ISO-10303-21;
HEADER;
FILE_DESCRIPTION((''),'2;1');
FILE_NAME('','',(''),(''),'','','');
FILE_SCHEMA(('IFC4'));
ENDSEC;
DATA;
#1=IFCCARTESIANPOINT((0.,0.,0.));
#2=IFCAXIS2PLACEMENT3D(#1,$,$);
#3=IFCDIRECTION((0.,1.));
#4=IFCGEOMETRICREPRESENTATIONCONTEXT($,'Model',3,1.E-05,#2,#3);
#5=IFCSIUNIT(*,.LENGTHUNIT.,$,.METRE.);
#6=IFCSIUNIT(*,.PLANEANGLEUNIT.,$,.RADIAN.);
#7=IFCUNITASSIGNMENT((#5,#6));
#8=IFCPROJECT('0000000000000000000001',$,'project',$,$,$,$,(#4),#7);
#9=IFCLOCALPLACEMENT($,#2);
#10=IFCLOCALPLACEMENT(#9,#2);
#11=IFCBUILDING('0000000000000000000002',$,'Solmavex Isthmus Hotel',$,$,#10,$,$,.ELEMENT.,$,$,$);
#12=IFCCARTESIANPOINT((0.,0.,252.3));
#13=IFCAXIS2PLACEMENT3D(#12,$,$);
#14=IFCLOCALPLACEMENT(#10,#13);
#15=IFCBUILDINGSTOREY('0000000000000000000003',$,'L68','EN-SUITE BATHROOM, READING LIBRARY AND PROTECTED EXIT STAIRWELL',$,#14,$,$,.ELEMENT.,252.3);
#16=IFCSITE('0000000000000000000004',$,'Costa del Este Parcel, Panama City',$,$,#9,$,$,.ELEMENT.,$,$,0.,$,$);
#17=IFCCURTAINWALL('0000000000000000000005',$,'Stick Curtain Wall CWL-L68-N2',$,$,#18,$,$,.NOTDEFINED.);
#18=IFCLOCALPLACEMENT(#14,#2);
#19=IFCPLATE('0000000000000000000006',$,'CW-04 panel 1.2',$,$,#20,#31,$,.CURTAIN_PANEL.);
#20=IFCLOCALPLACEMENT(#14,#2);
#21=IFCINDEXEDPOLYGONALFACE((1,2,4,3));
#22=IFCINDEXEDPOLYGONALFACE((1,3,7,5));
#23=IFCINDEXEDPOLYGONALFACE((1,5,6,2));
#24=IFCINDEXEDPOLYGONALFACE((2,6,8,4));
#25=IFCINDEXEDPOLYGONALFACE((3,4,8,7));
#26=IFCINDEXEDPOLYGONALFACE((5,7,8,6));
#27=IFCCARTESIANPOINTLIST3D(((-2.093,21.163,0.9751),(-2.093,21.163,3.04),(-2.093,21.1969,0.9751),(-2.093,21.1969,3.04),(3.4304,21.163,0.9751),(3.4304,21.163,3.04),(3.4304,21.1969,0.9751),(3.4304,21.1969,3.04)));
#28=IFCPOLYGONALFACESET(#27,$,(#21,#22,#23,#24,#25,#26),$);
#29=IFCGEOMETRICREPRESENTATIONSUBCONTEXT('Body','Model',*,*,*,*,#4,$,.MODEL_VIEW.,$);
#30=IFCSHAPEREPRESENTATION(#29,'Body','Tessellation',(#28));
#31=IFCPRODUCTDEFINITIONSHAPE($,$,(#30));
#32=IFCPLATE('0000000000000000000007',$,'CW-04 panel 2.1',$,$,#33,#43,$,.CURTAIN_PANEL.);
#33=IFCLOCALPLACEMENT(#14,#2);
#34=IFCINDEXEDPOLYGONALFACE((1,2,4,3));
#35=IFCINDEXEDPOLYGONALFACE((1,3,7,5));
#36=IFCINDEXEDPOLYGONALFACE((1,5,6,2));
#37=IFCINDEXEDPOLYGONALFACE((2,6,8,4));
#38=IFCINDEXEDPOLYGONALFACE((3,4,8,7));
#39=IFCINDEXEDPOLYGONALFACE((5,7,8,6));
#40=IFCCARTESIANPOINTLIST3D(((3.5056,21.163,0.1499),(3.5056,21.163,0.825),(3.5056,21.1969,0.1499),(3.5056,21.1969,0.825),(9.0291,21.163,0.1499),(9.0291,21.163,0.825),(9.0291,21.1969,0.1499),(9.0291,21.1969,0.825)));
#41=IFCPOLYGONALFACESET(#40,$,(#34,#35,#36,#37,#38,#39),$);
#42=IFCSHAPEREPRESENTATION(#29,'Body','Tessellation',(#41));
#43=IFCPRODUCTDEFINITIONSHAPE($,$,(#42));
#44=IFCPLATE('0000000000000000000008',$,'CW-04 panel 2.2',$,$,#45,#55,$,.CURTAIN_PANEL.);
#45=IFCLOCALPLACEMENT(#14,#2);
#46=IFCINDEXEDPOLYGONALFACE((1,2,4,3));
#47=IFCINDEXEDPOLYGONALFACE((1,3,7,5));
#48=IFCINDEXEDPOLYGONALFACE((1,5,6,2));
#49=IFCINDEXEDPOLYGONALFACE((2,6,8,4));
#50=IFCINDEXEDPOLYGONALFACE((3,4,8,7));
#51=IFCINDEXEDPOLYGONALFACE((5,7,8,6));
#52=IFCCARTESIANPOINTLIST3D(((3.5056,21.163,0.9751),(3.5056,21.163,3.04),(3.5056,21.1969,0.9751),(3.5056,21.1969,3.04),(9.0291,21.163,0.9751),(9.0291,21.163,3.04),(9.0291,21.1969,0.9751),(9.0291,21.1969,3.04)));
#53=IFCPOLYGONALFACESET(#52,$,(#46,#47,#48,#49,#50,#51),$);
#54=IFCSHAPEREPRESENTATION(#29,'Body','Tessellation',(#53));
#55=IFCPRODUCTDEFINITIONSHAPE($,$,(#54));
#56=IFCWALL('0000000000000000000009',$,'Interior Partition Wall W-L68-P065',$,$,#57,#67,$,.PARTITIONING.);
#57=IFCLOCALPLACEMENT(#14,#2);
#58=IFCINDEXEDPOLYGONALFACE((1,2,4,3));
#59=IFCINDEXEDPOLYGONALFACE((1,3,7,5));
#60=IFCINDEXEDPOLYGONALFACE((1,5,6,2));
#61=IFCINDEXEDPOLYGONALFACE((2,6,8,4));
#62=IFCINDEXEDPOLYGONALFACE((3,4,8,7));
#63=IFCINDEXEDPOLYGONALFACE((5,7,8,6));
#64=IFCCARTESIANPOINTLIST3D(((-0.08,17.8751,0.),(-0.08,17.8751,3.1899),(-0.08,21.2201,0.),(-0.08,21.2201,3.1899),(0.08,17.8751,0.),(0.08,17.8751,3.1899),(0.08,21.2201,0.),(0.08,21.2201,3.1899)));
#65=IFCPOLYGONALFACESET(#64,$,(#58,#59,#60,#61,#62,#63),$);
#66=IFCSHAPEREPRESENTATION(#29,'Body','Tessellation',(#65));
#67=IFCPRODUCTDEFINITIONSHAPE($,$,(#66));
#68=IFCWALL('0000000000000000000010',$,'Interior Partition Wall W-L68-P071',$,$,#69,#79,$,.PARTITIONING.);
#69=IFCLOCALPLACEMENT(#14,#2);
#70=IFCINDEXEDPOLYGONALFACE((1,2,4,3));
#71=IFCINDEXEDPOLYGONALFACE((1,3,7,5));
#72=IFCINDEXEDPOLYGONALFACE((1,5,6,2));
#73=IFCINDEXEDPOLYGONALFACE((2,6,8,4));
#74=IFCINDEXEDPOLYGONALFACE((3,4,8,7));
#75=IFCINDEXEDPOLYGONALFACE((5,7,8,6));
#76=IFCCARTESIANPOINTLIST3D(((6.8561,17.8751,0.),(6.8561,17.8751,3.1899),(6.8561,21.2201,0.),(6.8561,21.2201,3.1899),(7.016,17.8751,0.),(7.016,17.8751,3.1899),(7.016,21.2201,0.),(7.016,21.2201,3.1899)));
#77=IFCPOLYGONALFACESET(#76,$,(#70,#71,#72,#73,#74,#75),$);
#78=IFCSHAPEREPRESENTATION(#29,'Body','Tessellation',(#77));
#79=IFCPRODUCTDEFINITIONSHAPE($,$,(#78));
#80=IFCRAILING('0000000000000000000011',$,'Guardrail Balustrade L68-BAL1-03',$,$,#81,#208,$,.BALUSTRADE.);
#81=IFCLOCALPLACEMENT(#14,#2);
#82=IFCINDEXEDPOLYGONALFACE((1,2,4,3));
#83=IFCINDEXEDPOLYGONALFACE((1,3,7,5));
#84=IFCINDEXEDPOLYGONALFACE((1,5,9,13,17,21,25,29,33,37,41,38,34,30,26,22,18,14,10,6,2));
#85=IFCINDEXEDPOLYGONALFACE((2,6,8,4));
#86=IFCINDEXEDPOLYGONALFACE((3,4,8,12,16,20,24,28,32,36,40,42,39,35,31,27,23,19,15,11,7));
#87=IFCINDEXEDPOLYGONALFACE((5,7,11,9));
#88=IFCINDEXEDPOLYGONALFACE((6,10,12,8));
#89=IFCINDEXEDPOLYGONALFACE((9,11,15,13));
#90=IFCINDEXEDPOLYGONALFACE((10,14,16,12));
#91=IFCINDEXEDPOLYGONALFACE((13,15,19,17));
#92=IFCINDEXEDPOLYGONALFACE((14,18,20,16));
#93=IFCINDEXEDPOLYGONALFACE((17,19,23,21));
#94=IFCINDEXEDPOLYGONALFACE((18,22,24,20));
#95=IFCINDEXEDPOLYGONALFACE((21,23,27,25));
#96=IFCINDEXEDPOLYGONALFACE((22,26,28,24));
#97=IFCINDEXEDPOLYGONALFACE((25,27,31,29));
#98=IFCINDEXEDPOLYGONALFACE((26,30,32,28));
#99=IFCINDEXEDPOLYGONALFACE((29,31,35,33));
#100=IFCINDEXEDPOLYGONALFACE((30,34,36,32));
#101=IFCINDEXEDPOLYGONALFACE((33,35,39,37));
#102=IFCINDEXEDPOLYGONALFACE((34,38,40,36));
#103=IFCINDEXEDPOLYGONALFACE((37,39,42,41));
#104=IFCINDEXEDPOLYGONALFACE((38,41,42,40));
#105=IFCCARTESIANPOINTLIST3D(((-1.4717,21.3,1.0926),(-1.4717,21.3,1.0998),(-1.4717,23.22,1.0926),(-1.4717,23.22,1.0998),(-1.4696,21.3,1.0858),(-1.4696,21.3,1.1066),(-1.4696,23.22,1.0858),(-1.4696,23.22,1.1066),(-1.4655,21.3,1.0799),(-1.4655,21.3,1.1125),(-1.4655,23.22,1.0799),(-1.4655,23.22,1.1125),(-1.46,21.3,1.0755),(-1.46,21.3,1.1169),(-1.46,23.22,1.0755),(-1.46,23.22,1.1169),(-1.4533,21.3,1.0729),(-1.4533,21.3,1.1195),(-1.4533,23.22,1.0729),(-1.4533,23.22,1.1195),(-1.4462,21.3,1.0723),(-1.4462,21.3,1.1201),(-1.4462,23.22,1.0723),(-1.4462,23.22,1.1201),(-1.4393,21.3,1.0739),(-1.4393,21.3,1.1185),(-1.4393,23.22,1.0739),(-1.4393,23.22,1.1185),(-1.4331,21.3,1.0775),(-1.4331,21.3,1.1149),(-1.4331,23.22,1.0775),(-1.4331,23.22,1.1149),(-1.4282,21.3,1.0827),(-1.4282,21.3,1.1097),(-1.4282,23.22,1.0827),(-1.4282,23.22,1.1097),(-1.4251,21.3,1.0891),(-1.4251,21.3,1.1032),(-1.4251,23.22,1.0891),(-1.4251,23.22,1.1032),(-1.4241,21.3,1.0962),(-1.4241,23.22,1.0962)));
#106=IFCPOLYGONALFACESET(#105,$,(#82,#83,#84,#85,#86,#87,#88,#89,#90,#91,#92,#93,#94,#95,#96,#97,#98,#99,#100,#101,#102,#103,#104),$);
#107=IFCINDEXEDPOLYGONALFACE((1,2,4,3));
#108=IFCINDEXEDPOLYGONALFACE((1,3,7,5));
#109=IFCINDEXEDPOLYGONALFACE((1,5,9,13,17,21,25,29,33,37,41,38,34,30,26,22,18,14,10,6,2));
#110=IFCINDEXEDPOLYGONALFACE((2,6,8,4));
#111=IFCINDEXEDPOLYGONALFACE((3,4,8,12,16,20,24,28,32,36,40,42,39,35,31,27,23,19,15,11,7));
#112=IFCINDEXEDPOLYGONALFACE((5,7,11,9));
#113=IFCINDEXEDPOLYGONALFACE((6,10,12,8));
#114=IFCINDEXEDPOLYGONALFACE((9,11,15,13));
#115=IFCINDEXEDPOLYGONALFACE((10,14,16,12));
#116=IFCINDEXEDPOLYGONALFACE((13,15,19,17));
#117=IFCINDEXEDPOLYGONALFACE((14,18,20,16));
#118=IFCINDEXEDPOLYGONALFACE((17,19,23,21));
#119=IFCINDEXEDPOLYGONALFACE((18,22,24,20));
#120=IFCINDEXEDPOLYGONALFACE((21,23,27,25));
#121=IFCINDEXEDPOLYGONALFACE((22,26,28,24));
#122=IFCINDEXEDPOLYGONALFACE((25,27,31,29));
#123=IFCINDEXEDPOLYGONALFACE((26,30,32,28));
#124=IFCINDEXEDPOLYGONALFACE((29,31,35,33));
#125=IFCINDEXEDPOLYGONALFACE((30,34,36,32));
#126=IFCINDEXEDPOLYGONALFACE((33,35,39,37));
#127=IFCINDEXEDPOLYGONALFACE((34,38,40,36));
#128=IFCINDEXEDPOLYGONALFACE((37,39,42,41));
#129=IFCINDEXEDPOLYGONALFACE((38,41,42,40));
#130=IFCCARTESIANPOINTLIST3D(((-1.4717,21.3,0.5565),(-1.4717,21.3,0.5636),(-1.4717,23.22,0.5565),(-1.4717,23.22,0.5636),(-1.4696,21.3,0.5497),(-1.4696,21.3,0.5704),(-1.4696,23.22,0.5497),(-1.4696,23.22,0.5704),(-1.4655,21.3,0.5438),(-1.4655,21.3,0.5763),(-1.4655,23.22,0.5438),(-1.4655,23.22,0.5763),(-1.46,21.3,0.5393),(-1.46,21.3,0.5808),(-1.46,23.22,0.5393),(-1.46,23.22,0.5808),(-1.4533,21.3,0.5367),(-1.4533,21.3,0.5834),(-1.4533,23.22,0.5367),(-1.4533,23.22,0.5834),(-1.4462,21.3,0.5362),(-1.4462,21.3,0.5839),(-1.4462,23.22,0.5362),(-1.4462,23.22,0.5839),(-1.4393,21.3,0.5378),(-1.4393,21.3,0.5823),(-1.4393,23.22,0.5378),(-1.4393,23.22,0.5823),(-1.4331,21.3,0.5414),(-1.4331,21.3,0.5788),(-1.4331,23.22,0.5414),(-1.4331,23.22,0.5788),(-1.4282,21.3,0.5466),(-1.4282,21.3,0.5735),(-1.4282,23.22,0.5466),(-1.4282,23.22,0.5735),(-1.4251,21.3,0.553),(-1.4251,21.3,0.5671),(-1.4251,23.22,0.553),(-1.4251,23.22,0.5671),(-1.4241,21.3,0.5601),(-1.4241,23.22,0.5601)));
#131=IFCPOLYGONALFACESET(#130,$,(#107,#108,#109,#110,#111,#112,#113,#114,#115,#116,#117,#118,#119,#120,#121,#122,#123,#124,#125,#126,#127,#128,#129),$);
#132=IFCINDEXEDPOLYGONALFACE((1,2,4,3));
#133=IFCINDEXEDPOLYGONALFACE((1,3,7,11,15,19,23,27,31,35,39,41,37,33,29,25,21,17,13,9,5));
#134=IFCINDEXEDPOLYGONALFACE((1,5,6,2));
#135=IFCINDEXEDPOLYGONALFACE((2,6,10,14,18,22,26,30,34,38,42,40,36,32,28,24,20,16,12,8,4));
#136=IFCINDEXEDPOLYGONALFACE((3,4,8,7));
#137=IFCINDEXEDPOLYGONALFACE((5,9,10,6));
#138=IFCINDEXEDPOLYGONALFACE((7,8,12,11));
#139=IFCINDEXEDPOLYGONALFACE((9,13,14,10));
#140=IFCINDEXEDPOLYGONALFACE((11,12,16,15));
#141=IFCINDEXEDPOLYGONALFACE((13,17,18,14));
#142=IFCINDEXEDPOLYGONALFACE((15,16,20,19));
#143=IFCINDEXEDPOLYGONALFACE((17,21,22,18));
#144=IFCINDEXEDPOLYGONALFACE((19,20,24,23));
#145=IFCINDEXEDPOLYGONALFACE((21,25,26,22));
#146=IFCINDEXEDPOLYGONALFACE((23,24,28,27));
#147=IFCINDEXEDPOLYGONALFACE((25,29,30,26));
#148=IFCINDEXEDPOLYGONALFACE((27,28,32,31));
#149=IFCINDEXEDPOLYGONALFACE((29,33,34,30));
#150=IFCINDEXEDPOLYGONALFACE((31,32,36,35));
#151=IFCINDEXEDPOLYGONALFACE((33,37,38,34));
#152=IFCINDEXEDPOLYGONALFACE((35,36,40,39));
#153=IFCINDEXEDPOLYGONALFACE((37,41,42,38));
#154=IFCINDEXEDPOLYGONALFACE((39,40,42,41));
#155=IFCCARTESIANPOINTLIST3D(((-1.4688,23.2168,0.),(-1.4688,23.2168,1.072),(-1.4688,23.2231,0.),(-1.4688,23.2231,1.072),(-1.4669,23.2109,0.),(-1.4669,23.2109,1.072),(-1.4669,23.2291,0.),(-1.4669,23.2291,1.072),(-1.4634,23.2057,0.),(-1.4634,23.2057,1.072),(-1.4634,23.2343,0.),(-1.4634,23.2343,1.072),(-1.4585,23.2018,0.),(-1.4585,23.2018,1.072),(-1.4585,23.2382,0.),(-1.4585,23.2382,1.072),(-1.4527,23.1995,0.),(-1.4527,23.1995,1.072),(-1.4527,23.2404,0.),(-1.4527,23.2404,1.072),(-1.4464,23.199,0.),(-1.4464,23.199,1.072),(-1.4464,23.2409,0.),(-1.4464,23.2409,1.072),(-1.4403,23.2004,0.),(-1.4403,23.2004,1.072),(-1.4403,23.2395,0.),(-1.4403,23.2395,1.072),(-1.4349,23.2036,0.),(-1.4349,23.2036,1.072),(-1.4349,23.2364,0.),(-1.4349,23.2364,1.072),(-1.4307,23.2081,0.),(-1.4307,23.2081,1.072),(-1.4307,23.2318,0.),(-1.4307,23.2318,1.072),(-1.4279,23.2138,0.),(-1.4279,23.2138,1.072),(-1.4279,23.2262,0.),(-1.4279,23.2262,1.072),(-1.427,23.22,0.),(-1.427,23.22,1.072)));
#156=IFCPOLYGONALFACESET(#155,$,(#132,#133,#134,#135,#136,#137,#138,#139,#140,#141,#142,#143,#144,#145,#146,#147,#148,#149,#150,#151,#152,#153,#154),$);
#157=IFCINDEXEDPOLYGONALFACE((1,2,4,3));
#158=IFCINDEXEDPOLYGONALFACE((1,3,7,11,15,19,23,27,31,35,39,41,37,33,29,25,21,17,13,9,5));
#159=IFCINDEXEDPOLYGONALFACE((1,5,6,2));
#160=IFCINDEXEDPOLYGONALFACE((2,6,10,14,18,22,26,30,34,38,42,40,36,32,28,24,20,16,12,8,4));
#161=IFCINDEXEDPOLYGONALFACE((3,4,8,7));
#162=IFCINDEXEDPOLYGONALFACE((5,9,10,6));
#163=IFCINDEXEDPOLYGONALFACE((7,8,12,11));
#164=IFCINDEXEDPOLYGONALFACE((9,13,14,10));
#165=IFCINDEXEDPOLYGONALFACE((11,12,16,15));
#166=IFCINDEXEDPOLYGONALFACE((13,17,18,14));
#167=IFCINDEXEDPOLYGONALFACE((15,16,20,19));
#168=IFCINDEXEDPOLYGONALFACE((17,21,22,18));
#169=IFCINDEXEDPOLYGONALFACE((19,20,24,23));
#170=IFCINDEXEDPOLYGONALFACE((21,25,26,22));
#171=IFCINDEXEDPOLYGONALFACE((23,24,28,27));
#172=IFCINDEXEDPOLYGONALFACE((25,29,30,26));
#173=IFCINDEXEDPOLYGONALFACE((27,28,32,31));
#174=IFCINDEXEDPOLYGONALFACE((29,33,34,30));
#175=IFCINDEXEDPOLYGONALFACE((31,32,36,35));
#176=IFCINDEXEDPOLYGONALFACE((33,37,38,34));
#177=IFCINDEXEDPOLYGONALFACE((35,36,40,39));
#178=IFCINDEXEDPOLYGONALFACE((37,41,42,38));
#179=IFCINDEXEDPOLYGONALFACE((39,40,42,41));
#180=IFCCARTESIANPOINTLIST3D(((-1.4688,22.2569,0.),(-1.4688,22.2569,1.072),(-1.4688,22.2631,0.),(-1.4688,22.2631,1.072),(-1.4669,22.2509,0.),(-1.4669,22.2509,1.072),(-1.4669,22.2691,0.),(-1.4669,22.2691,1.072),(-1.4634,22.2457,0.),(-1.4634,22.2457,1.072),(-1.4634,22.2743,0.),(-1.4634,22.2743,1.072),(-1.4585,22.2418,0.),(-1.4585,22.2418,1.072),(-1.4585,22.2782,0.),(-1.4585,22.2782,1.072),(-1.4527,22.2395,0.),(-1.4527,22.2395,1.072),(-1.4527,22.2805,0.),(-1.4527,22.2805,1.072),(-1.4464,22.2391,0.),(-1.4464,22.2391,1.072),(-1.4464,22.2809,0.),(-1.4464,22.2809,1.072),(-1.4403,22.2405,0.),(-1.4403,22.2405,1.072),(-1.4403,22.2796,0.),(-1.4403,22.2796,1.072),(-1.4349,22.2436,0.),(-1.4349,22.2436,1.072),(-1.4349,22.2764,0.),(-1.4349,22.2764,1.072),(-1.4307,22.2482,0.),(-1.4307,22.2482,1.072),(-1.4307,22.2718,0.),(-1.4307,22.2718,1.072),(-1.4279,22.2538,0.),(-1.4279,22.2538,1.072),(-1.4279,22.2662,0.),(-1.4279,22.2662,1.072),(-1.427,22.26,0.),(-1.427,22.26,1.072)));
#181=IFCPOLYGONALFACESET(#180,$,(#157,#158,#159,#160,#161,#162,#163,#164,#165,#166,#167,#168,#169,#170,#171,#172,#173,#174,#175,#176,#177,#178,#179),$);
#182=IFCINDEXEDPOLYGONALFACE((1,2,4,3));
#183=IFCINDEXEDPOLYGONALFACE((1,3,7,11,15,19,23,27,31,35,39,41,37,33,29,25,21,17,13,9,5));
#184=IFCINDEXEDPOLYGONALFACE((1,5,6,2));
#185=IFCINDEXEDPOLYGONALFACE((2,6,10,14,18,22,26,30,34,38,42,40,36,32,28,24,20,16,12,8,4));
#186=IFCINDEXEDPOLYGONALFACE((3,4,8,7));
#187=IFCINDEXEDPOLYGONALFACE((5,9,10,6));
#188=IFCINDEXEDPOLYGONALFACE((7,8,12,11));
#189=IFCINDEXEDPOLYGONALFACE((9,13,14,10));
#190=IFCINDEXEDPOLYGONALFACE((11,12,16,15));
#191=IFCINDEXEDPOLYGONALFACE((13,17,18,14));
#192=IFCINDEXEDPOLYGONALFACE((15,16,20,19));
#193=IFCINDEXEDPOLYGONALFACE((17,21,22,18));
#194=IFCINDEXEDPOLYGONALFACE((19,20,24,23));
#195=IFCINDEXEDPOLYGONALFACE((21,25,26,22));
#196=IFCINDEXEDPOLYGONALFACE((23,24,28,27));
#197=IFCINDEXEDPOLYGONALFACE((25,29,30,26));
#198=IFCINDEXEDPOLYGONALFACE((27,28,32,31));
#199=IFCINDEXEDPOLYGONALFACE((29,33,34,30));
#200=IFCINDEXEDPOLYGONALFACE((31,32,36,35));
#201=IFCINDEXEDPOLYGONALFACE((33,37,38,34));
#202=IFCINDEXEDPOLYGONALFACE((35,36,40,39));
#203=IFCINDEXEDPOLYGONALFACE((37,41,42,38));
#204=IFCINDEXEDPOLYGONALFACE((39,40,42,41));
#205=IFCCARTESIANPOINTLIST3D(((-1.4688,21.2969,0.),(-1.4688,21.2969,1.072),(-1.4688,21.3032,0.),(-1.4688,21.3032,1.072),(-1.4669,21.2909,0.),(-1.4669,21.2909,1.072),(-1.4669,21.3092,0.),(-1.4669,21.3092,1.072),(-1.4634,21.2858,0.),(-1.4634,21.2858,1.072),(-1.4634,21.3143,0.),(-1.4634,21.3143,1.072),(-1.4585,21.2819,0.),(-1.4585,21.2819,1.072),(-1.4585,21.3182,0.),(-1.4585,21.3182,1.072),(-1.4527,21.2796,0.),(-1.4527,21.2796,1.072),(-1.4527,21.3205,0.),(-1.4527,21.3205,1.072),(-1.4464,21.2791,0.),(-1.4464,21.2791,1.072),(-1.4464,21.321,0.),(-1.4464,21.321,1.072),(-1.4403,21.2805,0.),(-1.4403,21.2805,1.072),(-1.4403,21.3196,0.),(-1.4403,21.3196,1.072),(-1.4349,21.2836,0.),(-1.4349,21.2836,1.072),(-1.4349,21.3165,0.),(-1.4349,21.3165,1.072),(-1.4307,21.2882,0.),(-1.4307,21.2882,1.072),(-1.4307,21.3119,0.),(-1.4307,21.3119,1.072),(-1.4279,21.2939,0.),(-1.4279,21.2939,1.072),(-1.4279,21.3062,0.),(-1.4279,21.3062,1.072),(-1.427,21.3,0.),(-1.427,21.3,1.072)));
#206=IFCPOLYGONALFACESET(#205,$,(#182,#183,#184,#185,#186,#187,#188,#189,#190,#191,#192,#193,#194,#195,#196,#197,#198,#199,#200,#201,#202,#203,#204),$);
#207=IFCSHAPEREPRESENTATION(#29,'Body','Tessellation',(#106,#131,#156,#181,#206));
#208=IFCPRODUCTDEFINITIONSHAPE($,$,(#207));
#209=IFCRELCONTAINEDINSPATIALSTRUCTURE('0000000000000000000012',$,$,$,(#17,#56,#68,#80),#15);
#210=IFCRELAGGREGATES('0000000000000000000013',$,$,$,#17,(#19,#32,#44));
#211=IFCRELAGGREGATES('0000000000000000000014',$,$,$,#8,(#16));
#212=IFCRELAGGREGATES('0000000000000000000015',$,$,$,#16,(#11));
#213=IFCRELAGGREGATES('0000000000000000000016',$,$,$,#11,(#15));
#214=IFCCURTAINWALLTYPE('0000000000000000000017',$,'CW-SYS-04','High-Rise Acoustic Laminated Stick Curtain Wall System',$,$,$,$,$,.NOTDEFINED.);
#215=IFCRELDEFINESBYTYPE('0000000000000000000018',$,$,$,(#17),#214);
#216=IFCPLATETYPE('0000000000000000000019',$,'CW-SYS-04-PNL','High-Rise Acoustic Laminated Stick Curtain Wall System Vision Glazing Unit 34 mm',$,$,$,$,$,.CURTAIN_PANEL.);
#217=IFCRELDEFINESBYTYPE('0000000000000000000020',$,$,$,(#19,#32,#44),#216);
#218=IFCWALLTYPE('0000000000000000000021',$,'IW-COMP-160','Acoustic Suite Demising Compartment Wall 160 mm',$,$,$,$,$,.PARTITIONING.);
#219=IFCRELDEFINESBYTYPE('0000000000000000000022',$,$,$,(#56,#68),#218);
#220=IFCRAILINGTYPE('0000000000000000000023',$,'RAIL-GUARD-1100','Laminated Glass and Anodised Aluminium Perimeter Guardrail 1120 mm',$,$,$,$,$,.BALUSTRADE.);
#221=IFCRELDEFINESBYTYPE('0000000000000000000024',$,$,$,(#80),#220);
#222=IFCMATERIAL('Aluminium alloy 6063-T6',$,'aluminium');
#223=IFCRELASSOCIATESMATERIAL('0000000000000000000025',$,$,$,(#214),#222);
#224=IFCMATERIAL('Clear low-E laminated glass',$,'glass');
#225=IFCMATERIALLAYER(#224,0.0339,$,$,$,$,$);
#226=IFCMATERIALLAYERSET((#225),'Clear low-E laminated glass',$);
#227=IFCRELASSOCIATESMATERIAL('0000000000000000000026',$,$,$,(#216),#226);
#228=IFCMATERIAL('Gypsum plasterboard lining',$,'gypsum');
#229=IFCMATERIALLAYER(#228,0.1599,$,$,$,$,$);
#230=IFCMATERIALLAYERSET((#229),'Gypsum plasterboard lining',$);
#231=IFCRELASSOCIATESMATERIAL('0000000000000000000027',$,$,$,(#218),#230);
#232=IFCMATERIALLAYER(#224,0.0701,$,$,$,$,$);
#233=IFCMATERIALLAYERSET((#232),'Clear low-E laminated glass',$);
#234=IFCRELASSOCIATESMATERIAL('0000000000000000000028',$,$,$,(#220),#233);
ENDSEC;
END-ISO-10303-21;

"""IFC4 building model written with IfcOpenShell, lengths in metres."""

from ifc_helpers import new_model, si_unit, direction, frame, frame_2d, origin, origin_2d, place, context, subcontext, project, spatial, rectangle, circle, extrude, material, layer, layer_set, type_object, element, aggregate, save


model = new_model("IFC4")

# Units and contexts
model_context = context("Model", 3, precision=1e-05, world=origin(), true_north=direction((0.0, 1.0)))
body_context = subcontext(model_context, "Body", "Model", "MODEL_VIEW")
ifc_project = project(units=[si_unit("LENGTHUNIT", "METRE"), si_unit("PLANEANGLEUNIT", "RADIAN")], contexts=[model_context])

# Site, building, storey
site_placement = place(None, origin())
site = spatial("IfcSite", under=ifc_project, at=site_placement, Name="Costa del Este Parcel, Panama City", CompositionType="ELEMENT", RefElevation=0.0)
building_placement = place(site_placement, origin())
building = spatial("IfcBuilding", under=site, at=building_placement, Name="Solmavex Isthmus Hotel", CompositionType="ELEMENT")
storey_placement = place(building_placement, frame((0.0, 0.0, 252.3)))
storey = spatial("IfcBuildingStorey", under=building, at=storey_placement, Name="L68", Description="EN-SUITE BATHROOM, READING LIBRARY AND PROTECTED EXIT STAIRWELL", CompositionType="ELEMENT", Elevation=252.3)

# Curtain wall
ifc_material_1 = material(Name="Aluminium alloy 6063-T6", Category="aluminium")
curtain_wall_type = type_object("IfcCurtainWallType", Name="CW-SYS-04", Description="High-Rise Acoustic Laminated Stick Curtain Wall System", PredefinedType="NOTDEFINED", material=ifc_material_1)
curtain_wall_1_placement = place(storey_placement, origin())
curtain_wall_1 = element("IfcCurtainWall", 1, at=curtain_wall_1_placement, inside=storey, type_object=curtain_wall_type, Name="Stick Curtain Wall CWL-L68-N2", PredefinedType="NOTDEFINED")

# Plates
ifc_material_2 = material(Name="Clear low-E laminated glass", Category="glass")
ifc_layer_1 = layer(ifc_material_2, 0.0339)
ifc_layer_set_1 = layer_set([ifc_layer_1], Name="Clear low-E laminated glass")
plate_type = type_object("IfcPlateType", Name="CW-SYS-04-PNL", Description="High-Rise Acoustic Laminated Stick Curtain Wall System Vision Glazing Unit 34 mm", PredefinedType="CURTAIN_PANEL", material=ifc_layer_set_1)
plate_1_placement = place(storey_placement, frame((0.6687, 21.1799, 0.9751), z_axis=(0.0, 0.0, 1.0), x_axis=(1.0, 0.0, 0.0)))
plate_1 = element("IfcPlate", 2, at=plate_1_placement, type_object=plate_type, Name="CW-04 panel 1.2", PredefinedType="CURTAIN_PANEL", context=body_context, shape_type="SweptSolid", body=[
    extrude(rectangle(XDim=5.5234, YDim=0.0339, at=origin_2d()), origin(), (0.0, 0.0, 1.0), 2.0649),
])
plate_2_placement = place(storey_placement, frame((6.2673, 21.1799, 0.1499), z_axis=(0.0, 0.0, 1.0), x_axis=(1.0, 0.0, 0.0)))
plate_2 = element("IfcPlate", 3, at=plate_2_placement, type_object=plate_type, Name="CW-04 panel 2.1", PredefinedType="CURTAIN_PANEL", context=body_context, shape_type="SweptSolid", body=[
    extrude(rectangle(XDim=5.5234, YDim=0.0339, at=origin_2d()), origin(), (0.0, 0.0, 1.0), 0.675),
])
plate_3_placement = place(storey_placement, frame((6.2673, 21.1799, 0.9751), z_axis=(0.0, 0.0, 1.0), x_axis=(1.0, 0.0, 0.0)))
plate_3 = element("IfcPlate", 4, at=plate_3_placement, type_object=plate_type, Name="CW-04 panel 2.2", PredefinedType="CURTAIN_PANEL", context=body_context, shape_type="SweptSolid", body=[
    extrude(rectangle(XDim=5.5234, YDim=0.0339, at=origin_2d()), origin(), (0.0, 0.0, 1.0), 2.0649),
])
aggregate(curtain_wall_1, [plate_1, plate_2, plate_3])

# Walls
ifc_material_3 = material(Name="Gypsum plasterboard lining", Category="gypsum")
ifc_layer_2 = layer(ifc_material_3, 0.1599)
ifc_layer_set_2 = layer_set([ifc_layer_2], Name="Gypsum plasterboard lining")
wall_type_1 = type_object("IfcWallType", Name="IW-COMP-160", Description="Acoustic Suite Demising Compartment Wall 160 mm", PredefinedType="PARTITIONING", material=ifc_layer_set_2)
for number, where, z_axis, x_axis, name in (
    (5, (0.0, 21.22, 0.0), (0.0, 0.0, 1.0), (0.0, -1.0, 0.0), "Interior Partition Wall W-L68-P065"),
    (6, (6.936, 21.22, 0.0), (0.0, 0.0, 1.0), (0.0, -1.0, 0.0), "Interior Partition Wall W-L68-P071"),
):
    element("IfcWall", number, at=place(storey_placement, frame(where, z_axis=z_axis, x_axis=x_axis)), inside=storey, type_object=wall_type_1, Name=name, PredefinedType="PARTITIONING", context=body_context, shape_type="SweptSolid", body=[
        extrude(rectangle(XDim=3.345, YDim=0.1599, at=frame_2d((1.6724, 0.0))), origin(), (0.0, 0.0, 1.0), 3.1899),
    ])

# Railing
ifc_layer_3 = layer(ifc_material_2, 0.0701)
ifc_layer_set_3 = layer_set([ifc_layer_3], Name="Clear low-E laminated glass")
railing_type = type_object("IfcRailingType", Name="RAIL-GUARD-1100", Description="Laminated Glass and Anodised Aluminium Perimeter Guardrail 1120 mm", PredefinedType="BALUSTRADE", material=ifc_layer_set_3)
railing_1_placement = place(storey_placement, frame((-1.448, 23.22, 0.0)))
element("IfcRailing", 7, at=railing_1_placement, inside=storey, type_object=railing_type, Name="Guardrail Balustrade L68-BAL1-03", PredefinedType="BALUSTRADE", context=body_context, shape_type="SweptSolid", body=[
    extrude(circle(Radius=0.0239, at=origin_2d()), frame((0.0, 0.0, 1.0962), z_axis=(0.0, -1.0, 0.0), x_axis=(1.0, 0.0, 0.0)), (0.0, 0.0, 1.0), 1.9199),
    extrude(circle(Radius=0.0239, at=origin_2d()), frame((0.0, 0.0, 0.5601), z_axis=(0.0, -1.0, 0.0), x_axis=(1.0, 0.0, 0.0)), (0.0, 0.0, 1.0), 1.9199),
    extrude(circle(Radius=0.021, at=origin_2d()), origin(), (0.0, 0.0, 1.0), 1.072),
    extrude(circle(Radius=0.021, at=origin_2d()), frame((0.0, -0.96, 0.0)), (0.0, 0.0, 1.0), 1.072),
    extrude(circle(Radius=0.021, at=origin_2d()), frame((0.0, -1.9199, 0.0)), (0.0, 0.0, 1.0), 1.072),
])

save(model, "model.ifc")
